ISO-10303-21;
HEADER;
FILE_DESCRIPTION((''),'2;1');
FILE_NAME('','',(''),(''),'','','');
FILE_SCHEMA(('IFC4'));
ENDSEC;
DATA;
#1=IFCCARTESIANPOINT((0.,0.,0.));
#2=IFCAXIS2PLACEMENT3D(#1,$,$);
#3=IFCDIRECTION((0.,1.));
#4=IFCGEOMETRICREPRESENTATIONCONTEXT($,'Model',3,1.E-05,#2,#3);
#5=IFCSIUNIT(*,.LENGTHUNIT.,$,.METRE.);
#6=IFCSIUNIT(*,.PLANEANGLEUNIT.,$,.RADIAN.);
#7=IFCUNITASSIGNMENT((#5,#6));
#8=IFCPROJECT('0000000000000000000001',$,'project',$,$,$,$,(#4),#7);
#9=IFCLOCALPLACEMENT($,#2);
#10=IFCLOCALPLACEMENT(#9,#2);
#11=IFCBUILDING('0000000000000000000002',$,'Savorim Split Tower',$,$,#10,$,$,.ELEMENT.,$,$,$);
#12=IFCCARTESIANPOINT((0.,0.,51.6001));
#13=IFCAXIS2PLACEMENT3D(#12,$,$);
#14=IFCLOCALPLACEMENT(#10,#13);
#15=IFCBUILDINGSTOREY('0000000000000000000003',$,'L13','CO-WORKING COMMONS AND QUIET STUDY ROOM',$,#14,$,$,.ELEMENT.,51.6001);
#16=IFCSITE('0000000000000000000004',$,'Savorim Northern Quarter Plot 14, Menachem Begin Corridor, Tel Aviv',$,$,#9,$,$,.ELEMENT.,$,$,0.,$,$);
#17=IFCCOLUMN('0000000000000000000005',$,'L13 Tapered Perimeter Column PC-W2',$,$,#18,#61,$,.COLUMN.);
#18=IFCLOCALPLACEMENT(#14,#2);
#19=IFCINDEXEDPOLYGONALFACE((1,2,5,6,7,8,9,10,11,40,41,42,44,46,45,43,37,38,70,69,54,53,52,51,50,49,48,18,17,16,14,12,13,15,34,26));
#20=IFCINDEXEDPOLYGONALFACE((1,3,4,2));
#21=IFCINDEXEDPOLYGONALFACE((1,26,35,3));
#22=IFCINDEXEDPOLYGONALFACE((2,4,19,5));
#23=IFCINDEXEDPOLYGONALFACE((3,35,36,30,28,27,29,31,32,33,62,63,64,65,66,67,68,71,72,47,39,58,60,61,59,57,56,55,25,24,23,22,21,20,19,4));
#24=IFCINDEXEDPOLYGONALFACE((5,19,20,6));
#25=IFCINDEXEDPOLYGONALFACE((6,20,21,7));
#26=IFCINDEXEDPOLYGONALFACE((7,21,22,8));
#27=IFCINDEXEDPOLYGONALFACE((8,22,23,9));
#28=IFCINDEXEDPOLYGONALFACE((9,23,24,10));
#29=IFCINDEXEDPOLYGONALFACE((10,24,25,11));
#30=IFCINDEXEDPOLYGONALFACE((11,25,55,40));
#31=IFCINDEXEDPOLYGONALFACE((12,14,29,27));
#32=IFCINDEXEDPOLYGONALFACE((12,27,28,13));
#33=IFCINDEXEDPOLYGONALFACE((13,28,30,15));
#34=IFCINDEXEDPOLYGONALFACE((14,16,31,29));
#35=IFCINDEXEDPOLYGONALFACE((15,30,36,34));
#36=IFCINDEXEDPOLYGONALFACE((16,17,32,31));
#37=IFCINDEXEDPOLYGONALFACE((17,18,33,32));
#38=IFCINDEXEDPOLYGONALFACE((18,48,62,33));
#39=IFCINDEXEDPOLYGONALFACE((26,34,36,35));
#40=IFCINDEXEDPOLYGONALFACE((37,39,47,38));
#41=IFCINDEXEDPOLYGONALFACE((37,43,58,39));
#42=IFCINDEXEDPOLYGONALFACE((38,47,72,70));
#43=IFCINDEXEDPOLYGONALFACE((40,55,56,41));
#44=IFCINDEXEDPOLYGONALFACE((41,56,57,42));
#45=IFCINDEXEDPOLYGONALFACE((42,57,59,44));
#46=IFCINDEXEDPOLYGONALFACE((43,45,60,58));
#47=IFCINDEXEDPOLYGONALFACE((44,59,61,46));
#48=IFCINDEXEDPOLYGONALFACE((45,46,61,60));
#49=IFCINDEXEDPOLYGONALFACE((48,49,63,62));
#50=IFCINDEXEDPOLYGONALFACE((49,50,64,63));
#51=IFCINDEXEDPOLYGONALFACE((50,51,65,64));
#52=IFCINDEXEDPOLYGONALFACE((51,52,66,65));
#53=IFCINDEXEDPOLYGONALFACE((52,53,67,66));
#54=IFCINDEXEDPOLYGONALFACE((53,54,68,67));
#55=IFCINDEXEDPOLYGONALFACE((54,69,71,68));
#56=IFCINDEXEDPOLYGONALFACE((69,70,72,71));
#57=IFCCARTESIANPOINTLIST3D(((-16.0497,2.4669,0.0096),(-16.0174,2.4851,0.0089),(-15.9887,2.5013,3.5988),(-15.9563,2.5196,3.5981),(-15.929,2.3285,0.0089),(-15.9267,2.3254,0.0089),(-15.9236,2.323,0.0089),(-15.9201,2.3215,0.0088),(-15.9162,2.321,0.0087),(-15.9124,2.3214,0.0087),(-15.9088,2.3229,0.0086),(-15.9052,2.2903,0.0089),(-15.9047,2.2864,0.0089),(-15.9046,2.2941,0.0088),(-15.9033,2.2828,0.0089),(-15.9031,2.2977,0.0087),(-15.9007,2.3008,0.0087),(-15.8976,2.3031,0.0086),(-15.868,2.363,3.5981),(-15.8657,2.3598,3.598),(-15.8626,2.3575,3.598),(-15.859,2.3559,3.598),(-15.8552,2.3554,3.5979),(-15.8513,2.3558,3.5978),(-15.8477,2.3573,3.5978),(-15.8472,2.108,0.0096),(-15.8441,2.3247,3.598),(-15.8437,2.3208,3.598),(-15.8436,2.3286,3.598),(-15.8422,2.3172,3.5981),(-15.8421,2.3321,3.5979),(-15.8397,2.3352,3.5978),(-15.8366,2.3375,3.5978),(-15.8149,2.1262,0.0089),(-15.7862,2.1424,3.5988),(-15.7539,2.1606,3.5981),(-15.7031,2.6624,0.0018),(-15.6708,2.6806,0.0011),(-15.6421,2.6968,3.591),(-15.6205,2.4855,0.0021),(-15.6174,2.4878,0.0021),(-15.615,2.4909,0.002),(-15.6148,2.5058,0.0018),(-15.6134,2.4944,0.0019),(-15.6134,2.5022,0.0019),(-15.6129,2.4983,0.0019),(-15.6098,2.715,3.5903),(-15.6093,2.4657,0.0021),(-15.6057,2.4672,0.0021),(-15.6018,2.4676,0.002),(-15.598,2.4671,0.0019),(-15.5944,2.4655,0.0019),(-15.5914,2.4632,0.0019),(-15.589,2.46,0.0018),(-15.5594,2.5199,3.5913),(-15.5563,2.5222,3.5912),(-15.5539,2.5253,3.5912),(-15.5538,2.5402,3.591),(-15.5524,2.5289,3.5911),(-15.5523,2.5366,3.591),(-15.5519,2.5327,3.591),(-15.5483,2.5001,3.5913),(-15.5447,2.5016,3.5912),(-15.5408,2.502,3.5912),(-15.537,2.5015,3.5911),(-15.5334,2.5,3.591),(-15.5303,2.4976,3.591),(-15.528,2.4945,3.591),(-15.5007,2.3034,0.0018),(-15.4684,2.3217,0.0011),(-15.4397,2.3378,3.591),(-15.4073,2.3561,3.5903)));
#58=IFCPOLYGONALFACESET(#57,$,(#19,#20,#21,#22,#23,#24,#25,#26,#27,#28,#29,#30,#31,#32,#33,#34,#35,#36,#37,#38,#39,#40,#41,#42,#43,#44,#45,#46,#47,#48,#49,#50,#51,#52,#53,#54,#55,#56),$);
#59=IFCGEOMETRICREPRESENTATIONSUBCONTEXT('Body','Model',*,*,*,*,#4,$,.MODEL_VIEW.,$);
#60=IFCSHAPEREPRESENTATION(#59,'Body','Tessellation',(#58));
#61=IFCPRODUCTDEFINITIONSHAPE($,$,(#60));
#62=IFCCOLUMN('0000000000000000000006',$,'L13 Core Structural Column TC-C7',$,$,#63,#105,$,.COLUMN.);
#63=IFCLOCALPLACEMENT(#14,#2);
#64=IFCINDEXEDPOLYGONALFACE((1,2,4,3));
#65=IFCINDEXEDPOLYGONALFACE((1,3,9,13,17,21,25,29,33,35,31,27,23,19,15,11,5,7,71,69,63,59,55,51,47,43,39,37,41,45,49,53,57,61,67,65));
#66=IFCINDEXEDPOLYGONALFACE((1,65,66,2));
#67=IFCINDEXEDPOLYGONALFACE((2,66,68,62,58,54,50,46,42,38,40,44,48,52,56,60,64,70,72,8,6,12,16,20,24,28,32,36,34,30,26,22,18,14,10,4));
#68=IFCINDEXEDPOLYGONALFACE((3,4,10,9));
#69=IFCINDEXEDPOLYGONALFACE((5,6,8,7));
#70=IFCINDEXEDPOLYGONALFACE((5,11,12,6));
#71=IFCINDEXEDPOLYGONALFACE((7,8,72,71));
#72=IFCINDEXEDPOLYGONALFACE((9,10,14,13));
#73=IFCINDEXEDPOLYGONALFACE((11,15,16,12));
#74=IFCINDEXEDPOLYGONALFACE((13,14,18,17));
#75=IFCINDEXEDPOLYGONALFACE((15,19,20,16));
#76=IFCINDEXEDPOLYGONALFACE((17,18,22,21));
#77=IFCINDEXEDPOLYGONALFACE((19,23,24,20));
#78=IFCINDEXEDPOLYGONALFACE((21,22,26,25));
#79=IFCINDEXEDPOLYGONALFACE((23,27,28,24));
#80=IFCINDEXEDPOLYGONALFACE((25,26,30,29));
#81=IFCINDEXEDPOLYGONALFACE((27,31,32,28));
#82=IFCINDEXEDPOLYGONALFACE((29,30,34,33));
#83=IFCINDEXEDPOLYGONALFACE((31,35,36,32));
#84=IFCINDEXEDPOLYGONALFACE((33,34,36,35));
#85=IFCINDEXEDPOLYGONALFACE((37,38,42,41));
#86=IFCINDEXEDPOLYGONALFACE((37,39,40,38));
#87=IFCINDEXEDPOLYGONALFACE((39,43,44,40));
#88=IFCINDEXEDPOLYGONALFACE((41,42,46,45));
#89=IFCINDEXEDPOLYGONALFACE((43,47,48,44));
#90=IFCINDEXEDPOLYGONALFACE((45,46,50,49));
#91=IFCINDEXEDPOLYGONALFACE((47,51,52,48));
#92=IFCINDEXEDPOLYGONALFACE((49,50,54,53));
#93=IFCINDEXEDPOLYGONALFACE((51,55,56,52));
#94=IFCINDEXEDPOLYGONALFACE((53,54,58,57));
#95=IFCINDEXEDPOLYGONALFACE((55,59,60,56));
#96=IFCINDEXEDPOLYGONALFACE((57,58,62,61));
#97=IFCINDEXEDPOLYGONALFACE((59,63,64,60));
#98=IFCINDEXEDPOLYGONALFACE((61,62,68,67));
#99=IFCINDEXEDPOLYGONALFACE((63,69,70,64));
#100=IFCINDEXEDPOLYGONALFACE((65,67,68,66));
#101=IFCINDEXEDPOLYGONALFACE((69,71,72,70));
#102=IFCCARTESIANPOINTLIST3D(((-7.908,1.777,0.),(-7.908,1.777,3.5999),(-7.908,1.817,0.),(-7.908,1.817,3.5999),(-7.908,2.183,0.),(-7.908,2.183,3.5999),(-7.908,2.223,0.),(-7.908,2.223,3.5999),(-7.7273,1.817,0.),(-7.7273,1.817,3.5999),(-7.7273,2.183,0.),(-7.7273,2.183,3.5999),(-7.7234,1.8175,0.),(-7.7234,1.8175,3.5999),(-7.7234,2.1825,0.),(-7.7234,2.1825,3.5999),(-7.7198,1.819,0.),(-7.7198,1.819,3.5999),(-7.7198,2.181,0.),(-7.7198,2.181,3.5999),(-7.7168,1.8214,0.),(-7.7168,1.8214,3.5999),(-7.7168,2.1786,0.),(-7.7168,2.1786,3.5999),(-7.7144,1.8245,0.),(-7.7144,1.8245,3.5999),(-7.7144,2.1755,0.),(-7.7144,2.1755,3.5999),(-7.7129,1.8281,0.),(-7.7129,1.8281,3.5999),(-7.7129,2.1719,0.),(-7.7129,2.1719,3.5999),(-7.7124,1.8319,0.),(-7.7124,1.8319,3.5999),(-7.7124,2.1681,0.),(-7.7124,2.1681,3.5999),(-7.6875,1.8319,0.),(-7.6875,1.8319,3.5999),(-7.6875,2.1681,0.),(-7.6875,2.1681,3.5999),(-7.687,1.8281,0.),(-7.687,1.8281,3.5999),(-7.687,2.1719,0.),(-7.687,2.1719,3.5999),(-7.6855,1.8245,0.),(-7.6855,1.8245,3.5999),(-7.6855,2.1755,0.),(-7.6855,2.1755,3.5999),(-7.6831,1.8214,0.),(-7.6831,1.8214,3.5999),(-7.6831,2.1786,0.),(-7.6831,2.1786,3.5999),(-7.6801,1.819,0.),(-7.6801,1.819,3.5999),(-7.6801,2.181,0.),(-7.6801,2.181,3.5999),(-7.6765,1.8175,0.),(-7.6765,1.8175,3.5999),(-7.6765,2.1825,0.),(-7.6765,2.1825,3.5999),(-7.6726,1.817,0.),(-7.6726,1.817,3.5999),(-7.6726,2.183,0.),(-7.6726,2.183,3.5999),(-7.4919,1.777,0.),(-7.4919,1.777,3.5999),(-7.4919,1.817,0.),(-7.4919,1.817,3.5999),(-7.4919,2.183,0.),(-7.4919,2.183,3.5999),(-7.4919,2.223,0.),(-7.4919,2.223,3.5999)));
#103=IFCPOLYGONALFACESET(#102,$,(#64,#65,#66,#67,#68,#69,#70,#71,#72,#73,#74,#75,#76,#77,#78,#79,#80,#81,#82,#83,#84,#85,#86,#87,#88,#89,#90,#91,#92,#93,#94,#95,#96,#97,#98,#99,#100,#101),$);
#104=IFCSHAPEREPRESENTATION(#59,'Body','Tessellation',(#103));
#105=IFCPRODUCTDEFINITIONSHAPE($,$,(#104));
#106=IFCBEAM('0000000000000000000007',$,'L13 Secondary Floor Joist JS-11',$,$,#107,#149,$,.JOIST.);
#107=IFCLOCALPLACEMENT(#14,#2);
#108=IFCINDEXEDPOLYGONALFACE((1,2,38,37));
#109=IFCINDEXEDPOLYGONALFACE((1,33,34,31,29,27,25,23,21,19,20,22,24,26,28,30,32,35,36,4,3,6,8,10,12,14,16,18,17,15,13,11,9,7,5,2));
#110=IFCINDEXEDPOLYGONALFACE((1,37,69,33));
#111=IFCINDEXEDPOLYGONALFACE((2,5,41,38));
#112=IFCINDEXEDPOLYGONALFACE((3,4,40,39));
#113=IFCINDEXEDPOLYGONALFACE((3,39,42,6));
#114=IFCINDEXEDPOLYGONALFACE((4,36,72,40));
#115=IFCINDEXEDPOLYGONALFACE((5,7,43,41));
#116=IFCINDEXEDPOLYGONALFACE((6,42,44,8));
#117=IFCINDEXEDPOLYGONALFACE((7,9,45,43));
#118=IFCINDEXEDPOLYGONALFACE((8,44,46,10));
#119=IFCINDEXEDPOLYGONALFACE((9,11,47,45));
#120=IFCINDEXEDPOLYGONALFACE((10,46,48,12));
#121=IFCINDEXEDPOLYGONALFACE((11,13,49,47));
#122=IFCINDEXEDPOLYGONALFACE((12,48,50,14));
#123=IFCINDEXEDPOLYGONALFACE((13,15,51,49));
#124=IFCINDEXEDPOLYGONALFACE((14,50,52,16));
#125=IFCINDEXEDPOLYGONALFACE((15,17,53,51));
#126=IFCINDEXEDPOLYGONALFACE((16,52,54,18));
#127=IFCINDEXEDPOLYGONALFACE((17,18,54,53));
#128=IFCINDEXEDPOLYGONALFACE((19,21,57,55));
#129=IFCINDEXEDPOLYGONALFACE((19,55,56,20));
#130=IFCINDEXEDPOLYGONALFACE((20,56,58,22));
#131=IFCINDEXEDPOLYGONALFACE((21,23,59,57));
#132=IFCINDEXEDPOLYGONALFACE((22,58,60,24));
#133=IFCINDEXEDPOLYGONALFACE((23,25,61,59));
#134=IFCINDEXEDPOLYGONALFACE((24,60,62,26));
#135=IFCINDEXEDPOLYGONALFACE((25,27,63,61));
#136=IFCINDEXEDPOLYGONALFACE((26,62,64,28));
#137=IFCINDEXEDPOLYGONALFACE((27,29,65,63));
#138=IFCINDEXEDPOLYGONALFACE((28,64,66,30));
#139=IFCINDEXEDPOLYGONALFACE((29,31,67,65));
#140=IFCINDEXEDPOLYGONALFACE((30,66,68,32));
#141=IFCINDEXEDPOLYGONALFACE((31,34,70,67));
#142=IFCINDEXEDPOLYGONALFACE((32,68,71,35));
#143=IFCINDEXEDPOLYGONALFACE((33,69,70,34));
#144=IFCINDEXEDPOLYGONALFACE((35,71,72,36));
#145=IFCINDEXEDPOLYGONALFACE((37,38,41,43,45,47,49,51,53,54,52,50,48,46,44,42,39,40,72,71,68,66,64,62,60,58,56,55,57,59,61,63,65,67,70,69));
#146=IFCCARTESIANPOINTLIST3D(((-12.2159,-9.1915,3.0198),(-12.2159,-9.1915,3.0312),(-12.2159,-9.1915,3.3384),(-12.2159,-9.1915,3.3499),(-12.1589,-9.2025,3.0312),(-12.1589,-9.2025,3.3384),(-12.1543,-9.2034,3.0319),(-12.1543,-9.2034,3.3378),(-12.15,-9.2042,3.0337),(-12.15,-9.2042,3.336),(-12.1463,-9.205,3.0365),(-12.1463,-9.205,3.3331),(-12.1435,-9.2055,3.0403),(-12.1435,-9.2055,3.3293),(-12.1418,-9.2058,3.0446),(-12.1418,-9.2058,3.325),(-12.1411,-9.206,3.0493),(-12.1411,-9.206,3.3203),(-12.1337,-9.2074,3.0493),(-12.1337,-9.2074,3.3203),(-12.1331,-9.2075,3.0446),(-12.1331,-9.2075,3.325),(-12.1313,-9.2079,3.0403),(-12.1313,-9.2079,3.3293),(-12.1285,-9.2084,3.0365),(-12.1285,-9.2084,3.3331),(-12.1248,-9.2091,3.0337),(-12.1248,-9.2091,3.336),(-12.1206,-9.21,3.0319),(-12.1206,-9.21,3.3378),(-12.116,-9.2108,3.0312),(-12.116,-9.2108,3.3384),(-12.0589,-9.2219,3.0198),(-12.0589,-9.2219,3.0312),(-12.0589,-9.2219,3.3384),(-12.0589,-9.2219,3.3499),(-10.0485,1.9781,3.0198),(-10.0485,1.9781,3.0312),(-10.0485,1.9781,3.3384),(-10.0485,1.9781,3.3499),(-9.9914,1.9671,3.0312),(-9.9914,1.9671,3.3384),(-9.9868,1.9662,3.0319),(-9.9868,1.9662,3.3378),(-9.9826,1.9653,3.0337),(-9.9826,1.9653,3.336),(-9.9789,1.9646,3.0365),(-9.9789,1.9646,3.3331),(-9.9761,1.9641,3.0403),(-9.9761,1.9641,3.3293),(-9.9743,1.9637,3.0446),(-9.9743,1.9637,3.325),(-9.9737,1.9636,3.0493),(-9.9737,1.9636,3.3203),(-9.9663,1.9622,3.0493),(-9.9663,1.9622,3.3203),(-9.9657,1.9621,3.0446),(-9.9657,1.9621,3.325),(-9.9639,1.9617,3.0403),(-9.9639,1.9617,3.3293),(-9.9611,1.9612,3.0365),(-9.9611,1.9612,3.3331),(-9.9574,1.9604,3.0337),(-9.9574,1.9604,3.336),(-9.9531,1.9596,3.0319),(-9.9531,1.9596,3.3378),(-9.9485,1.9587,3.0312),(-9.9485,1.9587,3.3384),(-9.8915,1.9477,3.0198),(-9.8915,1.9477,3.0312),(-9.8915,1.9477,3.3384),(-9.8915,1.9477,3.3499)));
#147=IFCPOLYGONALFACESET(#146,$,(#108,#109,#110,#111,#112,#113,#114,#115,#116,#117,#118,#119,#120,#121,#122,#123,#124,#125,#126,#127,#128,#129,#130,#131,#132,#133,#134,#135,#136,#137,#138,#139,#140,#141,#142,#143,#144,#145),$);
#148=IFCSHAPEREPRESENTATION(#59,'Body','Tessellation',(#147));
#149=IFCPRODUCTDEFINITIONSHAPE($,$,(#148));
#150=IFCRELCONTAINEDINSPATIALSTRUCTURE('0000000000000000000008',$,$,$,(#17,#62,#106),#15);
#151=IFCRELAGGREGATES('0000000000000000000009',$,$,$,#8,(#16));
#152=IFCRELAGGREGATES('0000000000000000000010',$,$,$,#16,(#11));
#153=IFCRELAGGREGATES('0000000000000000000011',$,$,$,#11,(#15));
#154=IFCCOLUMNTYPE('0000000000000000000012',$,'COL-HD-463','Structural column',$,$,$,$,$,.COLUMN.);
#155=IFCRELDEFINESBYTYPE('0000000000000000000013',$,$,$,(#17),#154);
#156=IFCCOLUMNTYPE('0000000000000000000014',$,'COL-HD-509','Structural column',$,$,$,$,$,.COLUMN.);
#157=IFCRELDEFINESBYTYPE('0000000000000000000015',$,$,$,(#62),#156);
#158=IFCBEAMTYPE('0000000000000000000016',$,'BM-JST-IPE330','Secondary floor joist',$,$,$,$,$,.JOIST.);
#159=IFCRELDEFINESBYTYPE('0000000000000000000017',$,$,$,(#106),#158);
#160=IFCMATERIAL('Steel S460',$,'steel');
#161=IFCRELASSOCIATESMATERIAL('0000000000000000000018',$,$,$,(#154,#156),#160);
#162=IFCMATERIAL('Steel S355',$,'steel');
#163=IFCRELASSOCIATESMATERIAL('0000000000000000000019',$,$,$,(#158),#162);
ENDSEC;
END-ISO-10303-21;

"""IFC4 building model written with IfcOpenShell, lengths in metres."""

from ifc_helpers import new_model, si_unit, direction, frame, origin, origin_2d, place, context, subcontext, project, spatial, i_section, extrude, material, material_profile, profile_set, type_object, element, save


model = new_model("IFC4")

# Units and contexts
model_context = context("Model", 3, precision=1e-05, world=origin(), true_north=direction((0.0, 1.0)))
body_context = subcontext(model_context, "Body", "Model", "MODEL_VIEW")
ifc_project = project(units=[si_unit("LENGTHUNIT", "METRE"), si_unit("PLANEANGLEUNIT", "RADIAN")], contexts=[model_context])

# Site, building, storey
site_placement = place(None, origin())
site = spatial("IfcSite", under=ifc_project, at=site_placement, Name="Savorim Northern Quarter Plot 14, Menachem Begin Corridor, Tel Aviv", CompositionType="ELEMENT", RefElevation=0.0)
building_placement = place(site_placement, origin())
building = spatial("IfcBuilding", under=site, at=building_placement, Name="Savorim Split Tower", CompositionType="ELEMENT")
storey_placement = place(building_placement, frame((0.0, 0.0, 51.6001)))
storey = spatial("IfcBuildingStorey", under=building, at=storey_placement, Name="L13", Description="CO-WORKING COMMONS AND QUIET STUDY ROOM", CompositionType="ELEMENT", Elevation=51.6001)

# Columns
ifc_material_1 = material(Name="Steel S460", Category="steel")
ifc_material_profile_1 = material_profile(ifc_material_1, i_section(OverallWidth=0.4121, OverallDepth=0.4351, WebThickness=0.0227, FlangeThickness=0.0371, FilletRadius=0.0149, at=origin_2d()), Name="HD 400x463")
ifc_profile_set_1 = profile_set([ifc_material_profile_1], Name="Steel S460")
column_type_1 = type_object("IfcColumnType", Name="COL-HD-463", Description="Structural column", PredefinedType="COLUMN", material=ifc_profile_set_1)
column_1_placement = place(storey_placement, frame((-15.759, 2.3943, 0.0054), z_axis=(0.017002, 0.009589, 0.999809), x_axis=(-0.491253, 0.871017, 0.0)))
element("IfcColumn", 1, at=column_1_placement, inside=storey, type_object=column_type_1, Name="L13 Tapered Perimeter Column PC-W2", PredefinedType="COLUMN", context=body_context, shape_type="SweptSolid", body=[
    extrude(i_section(OverallWidth=0.4121, OverallDepth=0.4351, WebThickness=0.0227, FlangeThickness=0.0371, FilletRadius=0.0149, at=origin_2d()), origin(), (0.0, 0.0, 1.0), 3.5898),
])
ifc_material_profile_2 = material_profile(ifc_material_1, i_section(OverallWidth=0.416, OverallDepth=0.446, WebThickness=0.0249, FlangeThickness=0.04, FilletRadius=0.0149, at=origin_2d()), Name="HD 400x509")
ifc_profile_set_2 = profile_set([ifc_material_profile_2], Name="Steel S460")
column_type_2 = type_object("IfcColumnType", Name="COL-HD-509", Description="Structural column", PredefinedType="COLUMN", material=ifc_profile_set_2)
column_2_placement = place(storey_placement, frame((-7.7, 2.0, 0.0), z_axis=(0.0, 0.0, 1.0), x_axis=(1.0, 0.0, 0.0)))
element("IfcColumn", 2, at=column_2_placement, inside=storey, type_object=column_type_2, Name="L13 Core Structural Column TC-C7", PredefinedType="COLUMN", context=body_context, shape_type="SweptSolid", body=[
    extrude(i_section(OverallWidth=0.416, OverallDepth=0.446, WebThickness=0.0249, FlangeThickness=0.04, FilletRadius=0.0149, at=origin_2d()), origin(), (0.0, 0.0, 1.0), 3.5999),
])

# Beam
ifc_material_2 = material(Name="Steel S355", Category="steel")
ifc_material_profile_3 = material_profile(ifc_material_2, i_section(OverallWidth=0.1599, OverallDepth=0.3301, WebThickness=0.0076, FlangeThickness=0.0115, FilletRadius=0.0181, at=origin_2d()), Name="IPE 330")
ifc_profile_set_3 = profile_set([ifc_material_profile_3], Name="Steel S355")
beam_type_1 = type_object("IfcBeamType", Name="BM-JST-IPE330", Description="Secondary floor joist", PredefinedType="JOIST", material=ifc_profile_set_3)
beam_1_placement = place(storey_placement, frame((-9.97, 1.9629, 3.1848), z_axis=(-0.190497, -0.981688, 0.0), x_axis=(0.981688, -0.190497, 0.0)))
element("IfcBeam", 3, at=beam_1_placement, inside=storey, type_object=beam_type_1, Name="L13 Secondary Floor Joist JS-11", PredefinedType="JOIST", context=body_context, shape_type="SweptSolid", body=[
    extrude(i_section(OverallWidth=0.1599, OverallDepth=0.3301, WebThickness=0.0076, FlangeThickness=0.0115, FilletRadius=0.0181, at=origin_2d()), origin(), (0.0, 0.0, 1.0), 11.3779),
])

save(model, "model.ifc")
